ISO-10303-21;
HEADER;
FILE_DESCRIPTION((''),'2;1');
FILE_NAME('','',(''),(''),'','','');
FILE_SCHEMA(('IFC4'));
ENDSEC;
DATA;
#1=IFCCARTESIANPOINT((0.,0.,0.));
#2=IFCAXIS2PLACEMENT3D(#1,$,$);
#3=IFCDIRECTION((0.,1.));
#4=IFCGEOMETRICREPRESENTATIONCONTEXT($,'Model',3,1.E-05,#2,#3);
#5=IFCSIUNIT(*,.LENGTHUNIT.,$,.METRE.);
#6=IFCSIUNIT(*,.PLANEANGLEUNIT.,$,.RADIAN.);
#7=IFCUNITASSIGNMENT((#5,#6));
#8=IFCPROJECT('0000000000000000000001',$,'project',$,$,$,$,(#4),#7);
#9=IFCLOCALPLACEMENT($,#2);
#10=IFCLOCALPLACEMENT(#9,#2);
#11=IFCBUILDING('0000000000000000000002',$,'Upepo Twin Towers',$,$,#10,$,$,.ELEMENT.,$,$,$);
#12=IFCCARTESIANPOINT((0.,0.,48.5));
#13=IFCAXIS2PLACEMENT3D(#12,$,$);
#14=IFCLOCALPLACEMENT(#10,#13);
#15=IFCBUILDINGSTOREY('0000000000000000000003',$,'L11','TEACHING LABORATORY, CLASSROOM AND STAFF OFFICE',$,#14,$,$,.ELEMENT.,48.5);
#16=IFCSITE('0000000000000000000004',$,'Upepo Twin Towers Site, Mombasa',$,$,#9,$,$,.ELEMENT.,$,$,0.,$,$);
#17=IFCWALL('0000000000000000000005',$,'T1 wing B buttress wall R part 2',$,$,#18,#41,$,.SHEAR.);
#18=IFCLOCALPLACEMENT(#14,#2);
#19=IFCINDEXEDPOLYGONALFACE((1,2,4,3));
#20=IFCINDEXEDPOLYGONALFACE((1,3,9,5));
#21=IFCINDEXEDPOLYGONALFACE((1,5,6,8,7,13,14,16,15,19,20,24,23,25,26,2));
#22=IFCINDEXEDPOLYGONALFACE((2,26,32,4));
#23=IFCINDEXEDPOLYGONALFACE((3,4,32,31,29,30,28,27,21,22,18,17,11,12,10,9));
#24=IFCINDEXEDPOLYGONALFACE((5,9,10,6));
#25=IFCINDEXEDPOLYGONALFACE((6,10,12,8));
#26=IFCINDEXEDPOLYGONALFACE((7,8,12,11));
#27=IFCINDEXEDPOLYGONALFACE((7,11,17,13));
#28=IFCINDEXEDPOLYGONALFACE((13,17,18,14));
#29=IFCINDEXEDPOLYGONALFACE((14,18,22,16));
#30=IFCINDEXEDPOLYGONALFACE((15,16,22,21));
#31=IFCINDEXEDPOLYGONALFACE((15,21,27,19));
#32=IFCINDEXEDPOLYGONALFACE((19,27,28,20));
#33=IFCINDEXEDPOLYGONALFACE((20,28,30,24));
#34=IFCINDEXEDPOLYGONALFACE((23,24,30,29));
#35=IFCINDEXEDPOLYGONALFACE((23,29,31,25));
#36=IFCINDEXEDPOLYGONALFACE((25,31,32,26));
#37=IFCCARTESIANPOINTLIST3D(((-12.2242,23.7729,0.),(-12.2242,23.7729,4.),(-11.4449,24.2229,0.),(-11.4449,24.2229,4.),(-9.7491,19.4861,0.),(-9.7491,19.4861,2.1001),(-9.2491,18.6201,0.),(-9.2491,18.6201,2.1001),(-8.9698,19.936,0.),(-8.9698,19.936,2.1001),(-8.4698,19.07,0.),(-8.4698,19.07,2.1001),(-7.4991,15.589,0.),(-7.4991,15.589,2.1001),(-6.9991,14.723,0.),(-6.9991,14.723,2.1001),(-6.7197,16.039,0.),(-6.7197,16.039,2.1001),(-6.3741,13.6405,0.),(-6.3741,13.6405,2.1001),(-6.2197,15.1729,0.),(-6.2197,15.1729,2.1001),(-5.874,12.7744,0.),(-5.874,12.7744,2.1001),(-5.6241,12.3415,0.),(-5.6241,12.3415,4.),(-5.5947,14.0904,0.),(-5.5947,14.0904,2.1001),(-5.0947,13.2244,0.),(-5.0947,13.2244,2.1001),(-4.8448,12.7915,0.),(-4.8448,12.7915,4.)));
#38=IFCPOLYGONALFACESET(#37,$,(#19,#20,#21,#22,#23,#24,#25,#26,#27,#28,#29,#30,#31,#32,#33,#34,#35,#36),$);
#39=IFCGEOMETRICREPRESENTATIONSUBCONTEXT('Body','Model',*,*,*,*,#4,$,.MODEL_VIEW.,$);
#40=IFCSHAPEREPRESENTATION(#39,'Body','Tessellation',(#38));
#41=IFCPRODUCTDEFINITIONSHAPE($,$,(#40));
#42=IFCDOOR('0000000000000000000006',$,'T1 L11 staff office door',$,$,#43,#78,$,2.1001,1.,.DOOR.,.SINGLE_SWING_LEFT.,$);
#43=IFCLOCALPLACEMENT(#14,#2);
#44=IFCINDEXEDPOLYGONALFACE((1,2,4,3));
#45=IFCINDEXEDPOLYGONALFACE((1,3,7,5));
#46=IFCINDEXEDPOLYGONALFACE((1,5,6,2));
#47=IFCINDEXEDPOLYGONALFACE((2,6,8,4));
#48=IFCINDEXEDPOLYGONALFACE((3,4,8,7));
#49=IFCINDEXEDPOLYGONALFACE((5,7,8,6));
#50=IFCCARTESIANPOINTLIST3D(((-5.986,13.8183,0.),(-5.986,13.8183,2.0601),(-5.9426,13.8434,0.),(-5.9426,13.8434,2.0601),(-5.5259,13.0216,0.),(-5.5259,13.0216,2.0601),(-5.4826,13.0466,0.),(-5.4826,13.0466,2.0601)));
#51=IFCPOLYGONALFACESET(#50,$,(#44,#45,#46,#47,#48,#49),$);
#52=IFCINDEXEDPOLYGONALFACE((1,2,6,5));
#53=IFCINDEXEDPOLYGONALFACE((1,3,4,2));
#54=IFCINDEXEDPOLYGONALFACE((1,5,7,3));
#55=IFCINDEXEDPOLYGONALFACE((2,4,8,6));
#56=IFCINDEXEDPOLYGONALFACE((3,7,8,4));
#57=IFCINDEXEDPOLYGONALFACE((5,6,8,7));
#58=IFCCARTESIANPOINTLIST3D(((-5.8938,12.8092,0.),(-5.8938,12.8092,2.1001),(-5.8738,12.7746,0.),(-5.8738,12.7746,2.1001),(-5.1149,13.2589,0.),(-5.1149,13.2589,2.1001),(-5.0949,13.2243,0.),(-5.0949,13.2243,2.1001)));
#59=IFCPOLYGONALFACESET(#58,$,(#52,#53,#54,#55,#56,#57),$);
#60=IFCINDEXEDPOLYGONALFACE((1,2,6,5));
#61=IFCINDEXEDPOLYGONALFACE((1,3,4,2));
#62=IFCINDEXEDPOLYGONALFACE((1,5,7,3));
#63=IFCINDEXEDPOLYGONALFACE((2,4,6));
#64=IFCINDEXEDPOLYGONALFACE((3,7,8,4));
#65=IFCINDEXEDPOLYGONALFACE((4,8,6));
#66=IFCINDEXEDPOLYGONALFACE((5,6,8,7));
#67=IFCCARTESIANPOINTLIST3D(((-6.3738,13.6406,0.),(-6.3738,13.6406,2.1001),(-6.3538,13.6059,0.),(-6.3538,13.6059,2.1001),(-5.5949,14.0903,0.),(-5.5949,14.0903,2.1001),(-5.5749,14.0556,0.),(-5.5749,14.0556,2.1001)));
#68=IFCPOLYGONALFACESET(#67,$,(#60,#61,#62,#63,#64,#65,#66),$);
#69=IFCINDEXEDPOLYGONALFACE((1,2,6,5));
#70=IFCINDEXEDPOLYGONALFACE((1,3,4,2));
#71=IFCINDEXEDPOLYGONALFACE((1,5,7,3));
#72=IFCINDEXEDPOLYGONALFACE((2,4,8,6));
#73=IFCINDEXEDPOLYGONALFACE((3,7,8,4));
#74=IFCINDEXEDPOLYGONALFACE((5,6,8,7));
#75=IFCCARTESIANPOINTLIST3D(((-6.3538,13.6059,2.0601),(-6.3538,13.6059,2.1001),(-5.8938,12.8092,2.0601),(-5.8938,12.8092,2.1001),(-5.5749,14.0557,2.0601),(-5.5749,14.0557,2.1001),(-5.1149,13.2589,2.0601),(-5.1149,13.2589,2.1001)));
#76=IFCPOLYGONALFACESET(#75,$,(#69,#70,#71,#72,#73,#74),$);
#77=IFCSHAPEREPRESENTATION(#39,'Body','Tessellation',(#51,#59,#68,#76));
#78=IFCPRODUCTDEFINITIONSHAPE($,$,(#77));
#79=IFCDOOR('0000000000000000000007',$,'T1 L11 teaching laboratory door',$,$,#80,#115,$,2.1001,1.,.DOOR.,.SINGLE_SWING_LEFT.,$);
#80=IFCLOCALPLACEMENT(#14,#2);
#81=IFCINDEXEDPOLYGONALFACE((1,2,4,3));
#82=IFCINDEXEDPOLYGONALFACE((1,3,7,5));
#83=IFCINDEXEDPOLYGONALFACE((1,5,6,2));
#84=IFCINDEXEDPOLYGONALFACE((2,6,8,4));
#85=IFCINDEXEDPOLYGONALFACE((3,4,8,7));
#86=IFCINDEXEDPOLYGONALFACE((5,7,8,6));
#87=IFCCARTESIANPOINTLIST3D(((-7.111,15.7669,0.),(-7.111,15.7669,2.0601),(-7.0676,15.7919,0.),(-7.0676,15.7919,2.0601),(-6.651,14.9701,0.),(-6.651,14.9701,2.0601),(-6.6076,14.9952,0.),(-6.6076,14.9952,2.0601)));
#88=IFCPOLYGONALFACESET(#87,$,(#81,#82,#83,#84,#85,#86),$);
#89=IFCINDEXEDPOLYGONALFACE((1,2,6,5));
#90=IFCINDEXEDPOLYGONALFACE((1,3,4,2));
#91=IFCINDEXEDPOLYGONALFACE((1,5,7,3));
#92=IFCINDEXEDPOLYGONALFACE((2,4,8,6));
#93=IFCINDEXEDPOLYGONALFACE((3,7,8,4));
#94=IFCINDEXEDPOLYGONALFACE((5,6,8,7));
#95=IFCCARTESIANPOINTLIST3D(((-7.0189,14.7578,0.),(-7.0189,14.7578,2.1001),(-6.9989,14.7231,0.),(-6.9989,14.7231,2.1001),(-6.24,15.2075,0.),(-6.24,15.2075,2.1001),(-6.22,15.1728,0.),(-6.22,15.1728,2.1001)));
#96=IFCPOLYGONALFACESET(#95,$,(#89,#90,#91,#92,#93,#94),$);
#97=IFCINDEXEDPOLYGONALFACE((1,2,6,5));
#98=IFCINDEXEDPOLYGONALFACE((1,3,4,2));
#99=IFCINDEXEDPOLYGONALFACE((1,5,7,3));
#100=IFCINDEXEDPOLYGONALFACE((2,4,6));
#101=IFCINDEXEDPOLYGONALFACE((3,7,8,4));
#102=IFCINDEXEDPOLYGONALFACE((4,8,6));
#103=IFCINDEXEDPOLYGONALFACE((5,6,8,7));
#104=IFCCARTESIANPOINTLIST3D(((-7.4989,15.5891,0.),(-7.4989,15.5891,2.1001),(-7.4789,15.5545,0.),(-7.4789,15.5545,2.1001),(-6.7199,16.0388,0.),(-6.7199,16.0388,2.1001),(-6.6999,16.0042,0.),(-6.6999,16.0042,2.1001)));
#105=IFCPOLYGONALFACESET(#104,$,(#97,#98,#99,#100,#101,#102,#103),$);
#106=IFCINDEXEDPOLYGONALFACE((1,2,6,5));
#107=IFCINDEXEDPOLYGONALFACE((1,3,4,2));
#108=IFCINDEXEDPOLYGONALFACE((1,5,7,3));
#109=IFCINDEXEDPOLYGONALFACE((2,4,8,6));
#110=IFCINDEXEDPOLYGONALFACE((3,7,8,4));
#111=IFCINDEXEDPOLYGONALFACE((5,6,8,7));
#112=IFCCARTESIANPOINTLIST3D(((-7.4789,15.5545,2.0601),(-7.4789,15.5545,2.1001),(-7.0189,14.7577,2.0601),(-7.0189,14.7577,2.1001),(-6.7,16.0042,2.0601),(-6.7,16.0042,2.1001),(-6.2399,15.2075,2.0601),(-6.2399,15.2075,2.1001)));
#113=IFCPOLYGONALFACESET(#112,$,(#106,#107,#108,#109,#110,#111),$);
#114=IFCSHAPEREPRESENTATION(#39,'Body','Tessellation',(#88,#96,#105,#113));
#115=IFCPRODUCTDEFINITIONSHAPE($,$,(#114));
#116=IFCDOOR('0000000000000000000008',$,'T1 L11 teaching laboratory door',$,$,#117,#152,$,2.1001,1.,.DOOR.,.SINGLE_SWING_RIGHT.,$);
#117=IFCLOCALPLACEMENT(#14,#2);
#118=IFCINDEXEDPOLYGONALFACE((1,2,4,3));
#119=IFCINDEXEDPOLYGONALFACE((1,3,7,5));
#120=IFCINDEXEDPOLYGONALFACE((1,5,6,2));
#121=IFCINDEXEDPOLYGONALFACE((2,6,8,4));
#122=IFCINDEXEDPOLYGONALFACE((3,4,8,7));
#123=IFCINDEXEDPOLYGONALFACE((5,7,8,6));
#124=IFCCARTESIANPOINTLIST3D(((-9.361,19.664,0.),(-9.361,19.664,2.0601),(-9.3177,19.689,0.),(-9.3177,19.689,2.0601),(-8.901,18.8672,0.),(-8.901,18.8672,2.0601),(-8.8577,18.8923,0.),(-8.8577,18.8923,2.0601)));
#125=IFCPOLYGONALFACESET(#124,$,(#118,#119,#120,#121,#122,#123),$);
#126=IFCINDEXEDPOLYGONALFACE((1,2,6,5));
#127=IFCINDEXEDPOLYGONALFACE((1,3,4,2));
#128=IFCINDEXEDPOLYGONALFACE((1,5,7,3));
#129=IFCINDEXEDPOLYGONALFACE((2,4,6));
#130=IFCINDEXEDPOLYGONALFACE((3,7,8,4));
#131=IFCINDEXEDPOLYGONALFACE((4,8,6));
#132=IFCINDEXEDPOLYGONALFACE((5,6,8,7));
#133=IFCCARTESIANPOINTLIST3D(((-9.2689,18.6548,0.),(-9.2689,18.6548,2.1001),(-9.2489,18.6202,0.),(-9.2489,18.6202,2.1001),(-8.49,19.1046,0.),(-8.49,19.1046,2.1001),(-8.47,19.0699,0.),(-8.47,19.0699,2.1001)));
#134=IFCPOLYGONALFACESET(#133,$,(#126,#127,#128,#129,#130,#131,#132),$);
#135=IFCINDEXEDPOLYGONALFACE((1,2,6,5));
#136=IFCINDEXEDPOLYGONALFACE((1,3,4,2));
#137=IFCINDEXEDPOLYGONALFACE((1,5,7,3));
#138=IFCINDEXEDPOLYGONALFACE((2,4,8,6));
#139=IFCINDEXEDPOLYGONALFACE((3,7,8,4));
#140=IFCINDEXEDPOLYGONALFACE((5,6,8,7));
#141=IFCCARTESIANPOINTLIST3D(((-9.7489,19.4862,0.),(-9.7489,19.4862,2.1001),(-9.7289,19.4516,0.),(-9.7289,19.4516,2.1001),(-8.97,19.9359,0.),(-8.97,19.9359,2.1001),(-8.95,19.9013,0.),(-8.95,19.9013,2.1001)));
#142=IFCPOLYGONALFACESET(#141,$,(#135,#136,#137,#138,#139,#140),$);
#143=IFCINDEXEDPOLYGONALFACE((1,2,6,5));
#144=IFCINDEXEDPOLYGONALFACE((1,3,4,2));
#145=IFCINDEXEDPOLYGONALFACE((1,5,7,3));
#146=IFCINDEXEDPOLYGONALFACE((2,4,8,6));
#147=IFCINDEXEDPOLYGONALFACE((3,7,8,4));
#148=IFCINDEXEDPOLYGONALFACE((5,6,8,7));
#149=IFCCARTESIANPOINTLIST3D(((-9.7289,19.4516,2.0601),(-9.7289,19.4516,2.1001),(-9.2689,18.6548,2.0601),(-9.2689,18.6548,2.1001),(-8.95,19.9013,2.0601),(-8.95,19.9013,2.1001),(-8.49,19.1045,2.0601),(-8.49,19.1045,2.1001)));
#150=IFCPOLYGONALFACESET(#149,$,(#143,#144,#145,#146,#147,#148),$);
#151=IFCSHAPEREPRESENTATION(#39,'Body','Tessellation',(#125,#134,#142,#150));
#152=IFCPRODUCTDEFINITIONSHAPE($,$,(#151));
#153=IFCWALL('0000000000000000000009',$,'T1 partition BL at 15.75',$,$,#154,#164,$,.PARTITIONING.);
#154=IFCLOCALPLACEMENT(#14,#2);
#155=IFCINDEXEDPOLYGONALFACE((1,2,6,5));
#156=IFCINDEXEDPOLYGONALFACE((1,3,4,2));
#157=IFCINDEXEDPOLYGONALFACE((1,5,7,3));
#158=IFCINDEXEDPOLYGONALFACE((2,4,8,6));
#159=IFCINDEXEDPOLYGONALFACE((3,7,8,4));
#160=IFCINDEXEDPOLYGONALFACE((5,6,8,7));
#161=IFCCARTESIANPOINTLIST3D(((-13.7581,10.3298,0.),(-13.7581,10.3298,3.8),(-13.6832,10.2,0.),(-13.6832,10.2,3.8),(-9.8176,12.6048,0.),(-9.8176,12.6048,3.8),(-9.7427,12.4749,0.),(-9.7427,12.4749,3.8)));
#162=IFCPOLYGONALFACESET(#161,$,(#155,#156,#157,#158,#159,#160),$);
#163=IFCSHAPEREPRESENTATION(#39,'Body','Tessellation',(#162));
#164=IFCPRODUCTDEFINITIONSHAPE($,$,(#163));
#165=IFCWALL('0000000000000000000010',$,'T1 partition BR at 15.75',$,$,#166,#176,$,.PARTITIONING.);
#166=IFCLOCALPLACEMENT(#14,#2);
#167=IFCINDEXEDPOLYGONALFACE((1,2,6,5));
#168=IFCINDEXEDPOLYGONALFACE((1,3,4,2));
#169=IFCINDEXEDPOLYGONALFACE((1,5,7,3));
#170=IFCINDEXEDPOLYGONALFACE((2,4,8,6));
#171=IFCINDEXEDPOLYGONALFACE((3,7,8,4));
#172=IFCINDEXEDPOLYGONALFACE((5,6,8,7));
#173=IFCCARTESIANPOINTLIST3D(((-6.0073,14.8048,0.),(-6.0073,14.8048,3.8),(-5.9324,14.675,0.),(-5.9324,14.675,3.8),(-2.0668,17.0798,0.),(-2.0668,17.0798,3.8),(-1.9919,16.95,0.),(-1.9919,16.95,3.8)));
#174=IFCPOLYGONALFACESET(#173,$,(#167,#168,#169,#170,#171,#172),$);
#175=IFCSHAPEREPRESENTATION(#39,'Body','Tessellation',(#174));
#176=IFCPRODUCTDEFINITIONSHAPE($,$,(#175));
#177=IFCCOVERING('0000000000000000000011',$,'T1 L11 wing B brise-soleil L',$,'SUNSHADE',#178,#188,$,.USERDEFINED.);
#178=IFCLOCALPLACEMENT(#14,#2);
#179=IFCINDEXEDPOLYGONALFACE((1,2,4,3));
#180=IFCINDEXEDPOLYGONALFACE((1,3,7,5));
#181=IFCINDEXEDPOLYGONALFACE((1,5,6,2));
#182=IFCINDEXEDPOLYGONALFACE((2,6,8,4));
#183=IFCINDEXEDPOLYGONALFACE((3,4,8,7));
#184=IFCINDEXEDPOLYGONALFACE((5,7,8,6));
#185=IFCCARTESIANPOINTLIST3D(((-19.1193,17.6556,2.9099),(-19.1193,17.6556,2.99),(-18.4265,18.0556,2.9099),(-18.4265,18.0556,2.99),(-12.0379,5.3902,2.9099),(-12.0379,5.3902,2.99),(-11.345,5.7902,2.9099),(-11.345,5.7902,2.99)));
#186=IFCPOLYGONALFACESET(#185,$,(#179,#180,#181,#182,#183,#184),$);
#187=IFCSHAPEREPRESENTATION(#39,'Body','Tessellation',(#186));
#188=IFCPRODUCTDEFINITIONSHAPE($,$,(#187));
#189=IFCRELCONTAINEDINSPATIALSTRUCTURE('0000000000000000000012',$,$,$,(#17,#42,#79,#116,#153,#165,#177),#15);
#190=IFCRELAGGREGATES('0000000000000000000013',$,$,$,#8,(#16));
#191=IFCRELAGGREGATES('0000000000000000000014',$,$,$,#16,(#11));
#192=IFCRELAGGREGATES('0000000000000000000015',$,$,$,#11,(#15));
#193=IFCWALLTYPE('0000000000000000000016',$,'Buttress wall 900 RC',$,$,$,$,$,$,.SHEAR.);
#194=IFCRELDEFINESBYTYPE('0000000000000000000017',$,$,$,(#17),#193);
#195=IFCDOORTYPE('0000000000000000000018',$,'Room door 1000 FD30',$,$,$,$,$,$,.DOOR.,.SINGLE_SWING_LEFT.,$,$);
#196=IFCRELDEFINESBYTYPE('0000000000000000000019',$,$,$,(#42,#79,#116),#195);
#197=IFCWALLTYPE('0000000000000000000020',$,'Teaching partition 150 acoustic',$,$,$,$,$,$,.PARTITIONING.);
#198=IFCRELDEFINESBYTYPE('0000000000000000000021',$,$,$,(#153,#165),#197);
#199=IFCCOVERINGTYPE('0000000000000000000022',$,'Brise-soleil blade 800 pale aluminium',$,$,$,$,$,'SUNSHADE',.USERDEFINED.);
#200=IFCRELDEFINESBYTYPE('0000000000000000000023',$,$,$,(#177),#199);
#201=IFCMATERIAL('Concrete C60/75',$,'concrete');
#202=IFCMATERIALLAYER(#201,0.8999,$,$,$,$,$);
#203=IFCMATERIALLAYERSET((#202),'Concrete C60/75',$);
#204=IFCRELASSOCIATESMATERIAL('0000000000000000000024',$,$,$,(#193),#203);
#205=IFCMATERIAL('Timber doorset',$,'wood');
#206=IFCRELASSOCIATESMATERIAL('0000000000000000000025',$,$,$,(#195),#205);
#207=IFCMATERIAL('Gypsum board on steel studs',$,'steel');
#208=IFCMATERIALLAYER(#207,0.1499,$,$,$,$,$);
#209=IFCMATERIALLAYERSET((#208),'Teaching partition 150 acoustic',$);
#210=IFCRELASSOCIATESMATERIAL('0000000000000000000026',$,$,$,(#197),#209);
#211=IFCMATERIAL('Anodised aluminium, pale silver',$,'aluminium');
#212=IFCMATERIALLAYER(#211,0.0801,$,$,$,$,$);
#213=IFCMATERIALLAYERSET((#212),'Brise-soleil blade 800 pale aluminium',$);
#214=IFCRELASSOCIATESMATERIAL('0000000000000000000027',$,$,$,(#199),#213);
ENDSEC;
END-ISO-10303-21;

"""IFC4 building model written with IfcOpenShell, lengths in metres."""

from ifc_helpers import new_model, si_unit, direction, frame, frame_2d, origin, origin_2d, place, context, subcontext, project, spatial, rectangle, extrude, material, layer, layer_set, type_object, element, fill, save


model = new_model("IFC4")

# Units and contexts
model_context = context("Model", 3, precision=1e-05, world=origin(), true_north=direction((0.0, 1.0)))
body_context = subcontext(model_context, "Body", "Model", "MODEL_VIEW")
ifc_project = project(units=[si_unit("LENGTHUNIT", "METRE"), si_unit("PLANEANGLEUNIT", "RADIAN")], contexts=[model_context])

# Site, building, storey
site_placement = place(None, origin())
site = spatial("IfcSite", under=ifc_project, at=site_placement, Name="Upepo Twin Towers Site, Mombasa", CompositionType="ELEMENT", RefElevation=0.0)
building_placement = place(site_placement, origin())
building = spatial("IfcBuilding", under=site, at=building_placement, Name="Upepo Twin Towers", CompositionType="ELEMENT")
storey_placement = place(building_placement, frame((0.0, 0.0, 48.5)))
storey = spatial("IfcBuildingStorey", under=building, at=storey_placement, Name="L11", Description="TEACHING LABORATORY, CLASSROOM AND STAFF OFFICE", CompositionType="ELEMENT", Elevation=48.5)

# Wall, openings, doors
ifc_material_1 = material(Name="Concrete C60/75", Category="concrete")
ifc_layer_1 = layer(ifc_material_1, 0.8999)
ifc_layer_set_1 = layer_set([ifc_layer_1], Name="Concrete C60/75")
wall_type_1 = type_object("IfcWallType", Name="Buttress wall 900 RC", PredefinedType="SHEAR", material=ifc_layer_set_1)
ifc_material_2 = material(Name="Timber doorset", Category="wood")
door_type = type_object("IfcDoorType", Name="Room door 1000 FD30", OperationType="SINGLE_SWING_LEFT", PredefinedType="DOOR", material=ifc_material_2)
wall_1_placement = place(storey_placement, frame((-5.2344, 12.5664, 0.0), z_axis=(0.0, 0.0, 1.0), x_axis=(-0.50001, 0.86602, 0.0)))
wall_1 = element("IfcWall", 1, at=wall_1_placement, inside=storey, type_object=wall_type_1, Name="T1 wing B buttress wall R part 2", PredefinedType="SHEAR", context=body_context, shape_type="SweptSolid", body=[
    extrude(rectangle(XDim=13.2, YDim=0.8999, at=frame_2d((6.6001, 0.0))), origin(), (0.0, 0.0, 1.0), 4.0),
])
opening_1_placement = place(wall_1_placement, frame((0.5, 0.0, 0.0)))
opening_1 = element("IfcOpeningElement", 2, at=opening_1_placement, cuts=wall_1, PredefinedType="OPENING", context=body_context, shape_type="SweptSolid", body=[
    extrude(rectangle(XDim=1.0, YDim=2.1001, at=frame_2d((0.5, 1.05))), frame((0.0, 0.46, 0.0), z_axis=(0.0, -1.0, 0.0), x_axis=(1.0, 0.0, 0.0)), (0.0, 0.0, 1.0), 0.9199),
])
opening_2_placement = place(wall_1_placement, frame((2.75, 0.0, 0.0)))
opening_2 = element("IfcOpeningElement", 3, at=opening_2_placement, cuts=wall_1, PredefinedType="OPENING", context=body_context, shape_type="SweptSolid", body=[
    extrude(rectangle(XDim=1.0, YDim=2.1001, at=frame_2d((0.5, 1.05))), frame((0.0, 0.46, 0.0), z_axis=(0.0, -1.0, 0.0), x_axis=(1.0, 0.0, 0.0)), (0.0, 0.0, 1.0), 0.9199),
])
opening_3_placement = place(wall_1_placement, frame((7.25, 0.0, 0.0)))
opening_3 = element("IfcOpeningElement", 4, at=opening_3_placement, cuts=wall_1, PredefinedType="OPENING", context=body_context, shape_type="SweptSolid", body=[
    extrude(rectangle(XDim=1.0, YDim=2.1001, at=frame_2d((0.5, 1.05))), frame((0.0, 0.46, 0.0), z_axis=(0.0, -1.0, 0.0), x_axis=(1.0, 0.0, 0.0)), (0.0, 0.0, 1.0), 0.9199),
])
door_1_placement = place(opening_1_placement, origin())
door_1 = element("IfcDoor", 5, at=door_1_placement, inside=storey, type_object=door_type, Name="T1 L11 staff office door", OperationType="SINGLE_SWING_LEFT", OverallHeight=2.1001, OverallWidth=1.0, PredefinedType="DOOR", context=body_context, shape_type="SweptSolid", body=[
    extrude(rectangle(XDim=0.92, YDim=2.0601, at=frame_2d((0.5, 1.03))), frame((0.0, 0.0249, 0.0), z_axis=(0.0, -1.0, 0.0), x_axis=(1.0, 0.0, 0.0)), (0.0, 0.0, 1.0), 0.05),
    extrude(rectangle(XDim=0.04, YDim=2.1001, at=frame_2d((0.02, 1.05))), frame((0.0, 0.4497, 0.0), z_axis=(0.0, -1.0, 0.0), x_axis=(1.0, 0.0, 0.0)), (0.0, 0.0, 1.0), 0.8994),
    extrude(rectangle(XDim=0.04, YDim=2.1001, at=frame_2d((0.98, 1.05))), frame((0.0, 0.4497, 0.0), z_axis=(0.0, -1.0, 0.0), x_axis=(1.0, 0.0, 0.0)), (0.0, 0.0, 1.0), 0.8994),
    extrude(rectangle(XDim=0.92, YDim=0.04, at=frame_2d((0.5, 2.0801))), frame((0.0, 0.4497, 0.0), z_axis=(0.0, -1.0, 0.0), x_axis=(1.0, 0.0, 0.0)), (0.0, 0.0, 1.0), 0.8994),
])
fill(opening_1, door_1)
door_2_placement = place(opening_2_placement, origin())
door_2 = element("IfcDoor", 6, at=door_2_placement, inside=storey, type_object=door_type, Name="T1 L11 teaching laboratory door", OperationType="SINGLE_SWING_LEFT", OverallHeight=2.1001, OverallWidth=1.0, PredefinedType="DOOR", context=body_context, shape_type="SweptSolid", body=[
    extrude(rectangle(XDim=0.92, YDim=2.0601, at=frame_2d((0.5, 1.03))), frame((0.0, 0.0249, 0.0), z_axis=(0.0, -1.0, 0.0), x_axis=(1.0, 0.0, 0.0)), (0.0, 0.0, 1.0), 0.05),
    extrude(rectangle(XDim=0.04, YDim=2.1001, at=frame_2d((0.02, 1.05))), frame((0.0, 0.4497, 0.0), z_axis=(0.0, -1.0, 0.0), x_axis=(1.0, 0.0, 0.0)), (0.0, 0.0, 1.0), 0.8994),
    extrude(rectangle(XDim=0.04, YDim=2.1001, at=frame_2d((0.98, 1.05))), frame((0.0, 0.4497, 0.0), z_axis=(0.0, -1.0, 0.0), x_axis=(1.0, 0.0, 0.0)), (0.0, 0.0, 1.0), 0.8994),
    extrude(rectangle(XDim=0.92, YDim=0.04, at=frame_2d((0.5, 2.0801))), frame((0.0, 0.4497, 0.0), z_axis=(0.0, -1.0, 0.0), x_axis=(1.0, 0.0, 0.0)), (0.0, 0.0, 1.0), 0.8994),
])
fill(opening_2, door_2)
door_3_placement = place(opening_3_placement, origin())
door_3 = element("IfcDoor", 7, at=door_3_placement, inside=storey, type_object=door_type, Name="T1 L11 teaching laboratory door", OperationType="SINGLE_SWING_RIGHT", OverallHeight=2.1001, OverallWidth=1.0, PredefinedType="DOOR", context=body_context, shape_type="SweptSolid", body=[
    extrude(rectangle(XDim=0.92, YDim=2.0601, at=frame_2d((0.5, 1.03))), frame((0.0, 0.0249, 0.0), z_axis=(0.0, -1.0, 0.0), x_axis=(1.0, 0.0, 0.0)), (0.0, 0.0, 1.0), 0.05),
    extrude(rectangle(XDim=0.04, YDim=2.1001, at=frame_2d((0.02, 1.05))), frame((0.0, 0.4497, 0.0), z_axis=(0.0, -1.0, 0.0), x_axis=(1.0, 0.0, 0.0)), (0.0, 0.0, 1.0), 0.8994),
    extrude(rectangle(XDim=0.04, YDim=2.1001, at=frame_2d((0.98, 1.05))), frame((0.0, 0.4497, 0.0), z_axis=(0.0, -1.0, 0.0), x_axis=(1.0, 0.0, 0.0)), (0.0, 0.0, 1.0), 0.8994),
    extrude(rectangle(XDim=0.92, YDim=0.04, at=frame_2d((0.5, 2.0801))), frame((0.0, 0.4497, 0.0), z_axis=(0.0, -1.0, 0.0), x_axis=(1.0, 0.0, 0.0)), (0.0, 0.0, 1.0), 0.8994),
])
fill(opening_3, door_3)

# Walls
ifc_material_3 = material(Name="Gypsum board on steel studs", Category="steel")
ifc_layer_2 = layer(ifc_material_3, 0.1499)
ifc_layer_set_2 = layer_set([ifc_layer_2], Name="Teaching partition 150 acoustic")
wall_type_2 = type_object("IfcWallType", Name="Teaching partition 150 acoustic", PredefinedType="PARTITIONING", material=ifc_layer_set_2)
for number, where, z_axis, x_axis, name in (
    (8, (-9.7803, 12.5398, 0.0), (0.0, 0.0, 1.0), (-0.866035, -0.499983, 0.0), "T1 partition BL at 15.75"),
    (9, (-5.9697, 14.74, 0.0), (0.0, 0.0, 1.0), (0.866035, 0.499983, 0.0), "T1 partition BR at 15.75"),
):
    element("IfcWall", number, at=place(storey_placement, frame(where, z_axis=z_axis, x_axis=x_axis)), inside=storey, type_object=wall_type_2, Name=name, PredefinedType="PARTITIONING", context=body_context, shape_type="SweptSolid", body=[
        extrude(rectangle(XDim=4.55, YDim=0.1499, at=frame_2d((2.2749, 0.0))), origin(), (0.0, 0.0, 1.0), 3.8),
    ])

# Covering
ifc_material_4 = material(Name="Anodised aluminium, pale silver", Category="aluminium")
ifc_layer_3 = layer(ifc_material_4, 0.0801)
ifc_layer_set_3 = layer_set([ifc_layer_3], Name="Brise-soleil blade 800 pale aluminium")
covering_type = type_object("IfcCoveringType", Name="Brise-soleil blade 800 pale aluminium", ElementType="SUNSHADE", PredefinedType="USERDEFINED", material=ifc_layer_set_3)
covering_placement = place(storey_placement, frame((-15.2322, 11.7229, 2.9099), z_axis=(0.0, 0.0, 1.0), x_axis=(-0.5, 0.866025, 0.0)))
element("IfcCovering", 10, at=covering_placement, inside=storey, type_object=covering_type, Name="T1 L11 wing B brise-soleil L", ObjectType="SUNSHADE", PredefinedType="USERDEFINED", context=body_context, shape_type="SweptSolid", body=[
    extrude(rectangle(XDim=14.1628, YDim=0.8, at=origin_2d()), origin(), (0.0, 0.0, 1.0), 0.0801),
])

save(model, "model.ifc")
